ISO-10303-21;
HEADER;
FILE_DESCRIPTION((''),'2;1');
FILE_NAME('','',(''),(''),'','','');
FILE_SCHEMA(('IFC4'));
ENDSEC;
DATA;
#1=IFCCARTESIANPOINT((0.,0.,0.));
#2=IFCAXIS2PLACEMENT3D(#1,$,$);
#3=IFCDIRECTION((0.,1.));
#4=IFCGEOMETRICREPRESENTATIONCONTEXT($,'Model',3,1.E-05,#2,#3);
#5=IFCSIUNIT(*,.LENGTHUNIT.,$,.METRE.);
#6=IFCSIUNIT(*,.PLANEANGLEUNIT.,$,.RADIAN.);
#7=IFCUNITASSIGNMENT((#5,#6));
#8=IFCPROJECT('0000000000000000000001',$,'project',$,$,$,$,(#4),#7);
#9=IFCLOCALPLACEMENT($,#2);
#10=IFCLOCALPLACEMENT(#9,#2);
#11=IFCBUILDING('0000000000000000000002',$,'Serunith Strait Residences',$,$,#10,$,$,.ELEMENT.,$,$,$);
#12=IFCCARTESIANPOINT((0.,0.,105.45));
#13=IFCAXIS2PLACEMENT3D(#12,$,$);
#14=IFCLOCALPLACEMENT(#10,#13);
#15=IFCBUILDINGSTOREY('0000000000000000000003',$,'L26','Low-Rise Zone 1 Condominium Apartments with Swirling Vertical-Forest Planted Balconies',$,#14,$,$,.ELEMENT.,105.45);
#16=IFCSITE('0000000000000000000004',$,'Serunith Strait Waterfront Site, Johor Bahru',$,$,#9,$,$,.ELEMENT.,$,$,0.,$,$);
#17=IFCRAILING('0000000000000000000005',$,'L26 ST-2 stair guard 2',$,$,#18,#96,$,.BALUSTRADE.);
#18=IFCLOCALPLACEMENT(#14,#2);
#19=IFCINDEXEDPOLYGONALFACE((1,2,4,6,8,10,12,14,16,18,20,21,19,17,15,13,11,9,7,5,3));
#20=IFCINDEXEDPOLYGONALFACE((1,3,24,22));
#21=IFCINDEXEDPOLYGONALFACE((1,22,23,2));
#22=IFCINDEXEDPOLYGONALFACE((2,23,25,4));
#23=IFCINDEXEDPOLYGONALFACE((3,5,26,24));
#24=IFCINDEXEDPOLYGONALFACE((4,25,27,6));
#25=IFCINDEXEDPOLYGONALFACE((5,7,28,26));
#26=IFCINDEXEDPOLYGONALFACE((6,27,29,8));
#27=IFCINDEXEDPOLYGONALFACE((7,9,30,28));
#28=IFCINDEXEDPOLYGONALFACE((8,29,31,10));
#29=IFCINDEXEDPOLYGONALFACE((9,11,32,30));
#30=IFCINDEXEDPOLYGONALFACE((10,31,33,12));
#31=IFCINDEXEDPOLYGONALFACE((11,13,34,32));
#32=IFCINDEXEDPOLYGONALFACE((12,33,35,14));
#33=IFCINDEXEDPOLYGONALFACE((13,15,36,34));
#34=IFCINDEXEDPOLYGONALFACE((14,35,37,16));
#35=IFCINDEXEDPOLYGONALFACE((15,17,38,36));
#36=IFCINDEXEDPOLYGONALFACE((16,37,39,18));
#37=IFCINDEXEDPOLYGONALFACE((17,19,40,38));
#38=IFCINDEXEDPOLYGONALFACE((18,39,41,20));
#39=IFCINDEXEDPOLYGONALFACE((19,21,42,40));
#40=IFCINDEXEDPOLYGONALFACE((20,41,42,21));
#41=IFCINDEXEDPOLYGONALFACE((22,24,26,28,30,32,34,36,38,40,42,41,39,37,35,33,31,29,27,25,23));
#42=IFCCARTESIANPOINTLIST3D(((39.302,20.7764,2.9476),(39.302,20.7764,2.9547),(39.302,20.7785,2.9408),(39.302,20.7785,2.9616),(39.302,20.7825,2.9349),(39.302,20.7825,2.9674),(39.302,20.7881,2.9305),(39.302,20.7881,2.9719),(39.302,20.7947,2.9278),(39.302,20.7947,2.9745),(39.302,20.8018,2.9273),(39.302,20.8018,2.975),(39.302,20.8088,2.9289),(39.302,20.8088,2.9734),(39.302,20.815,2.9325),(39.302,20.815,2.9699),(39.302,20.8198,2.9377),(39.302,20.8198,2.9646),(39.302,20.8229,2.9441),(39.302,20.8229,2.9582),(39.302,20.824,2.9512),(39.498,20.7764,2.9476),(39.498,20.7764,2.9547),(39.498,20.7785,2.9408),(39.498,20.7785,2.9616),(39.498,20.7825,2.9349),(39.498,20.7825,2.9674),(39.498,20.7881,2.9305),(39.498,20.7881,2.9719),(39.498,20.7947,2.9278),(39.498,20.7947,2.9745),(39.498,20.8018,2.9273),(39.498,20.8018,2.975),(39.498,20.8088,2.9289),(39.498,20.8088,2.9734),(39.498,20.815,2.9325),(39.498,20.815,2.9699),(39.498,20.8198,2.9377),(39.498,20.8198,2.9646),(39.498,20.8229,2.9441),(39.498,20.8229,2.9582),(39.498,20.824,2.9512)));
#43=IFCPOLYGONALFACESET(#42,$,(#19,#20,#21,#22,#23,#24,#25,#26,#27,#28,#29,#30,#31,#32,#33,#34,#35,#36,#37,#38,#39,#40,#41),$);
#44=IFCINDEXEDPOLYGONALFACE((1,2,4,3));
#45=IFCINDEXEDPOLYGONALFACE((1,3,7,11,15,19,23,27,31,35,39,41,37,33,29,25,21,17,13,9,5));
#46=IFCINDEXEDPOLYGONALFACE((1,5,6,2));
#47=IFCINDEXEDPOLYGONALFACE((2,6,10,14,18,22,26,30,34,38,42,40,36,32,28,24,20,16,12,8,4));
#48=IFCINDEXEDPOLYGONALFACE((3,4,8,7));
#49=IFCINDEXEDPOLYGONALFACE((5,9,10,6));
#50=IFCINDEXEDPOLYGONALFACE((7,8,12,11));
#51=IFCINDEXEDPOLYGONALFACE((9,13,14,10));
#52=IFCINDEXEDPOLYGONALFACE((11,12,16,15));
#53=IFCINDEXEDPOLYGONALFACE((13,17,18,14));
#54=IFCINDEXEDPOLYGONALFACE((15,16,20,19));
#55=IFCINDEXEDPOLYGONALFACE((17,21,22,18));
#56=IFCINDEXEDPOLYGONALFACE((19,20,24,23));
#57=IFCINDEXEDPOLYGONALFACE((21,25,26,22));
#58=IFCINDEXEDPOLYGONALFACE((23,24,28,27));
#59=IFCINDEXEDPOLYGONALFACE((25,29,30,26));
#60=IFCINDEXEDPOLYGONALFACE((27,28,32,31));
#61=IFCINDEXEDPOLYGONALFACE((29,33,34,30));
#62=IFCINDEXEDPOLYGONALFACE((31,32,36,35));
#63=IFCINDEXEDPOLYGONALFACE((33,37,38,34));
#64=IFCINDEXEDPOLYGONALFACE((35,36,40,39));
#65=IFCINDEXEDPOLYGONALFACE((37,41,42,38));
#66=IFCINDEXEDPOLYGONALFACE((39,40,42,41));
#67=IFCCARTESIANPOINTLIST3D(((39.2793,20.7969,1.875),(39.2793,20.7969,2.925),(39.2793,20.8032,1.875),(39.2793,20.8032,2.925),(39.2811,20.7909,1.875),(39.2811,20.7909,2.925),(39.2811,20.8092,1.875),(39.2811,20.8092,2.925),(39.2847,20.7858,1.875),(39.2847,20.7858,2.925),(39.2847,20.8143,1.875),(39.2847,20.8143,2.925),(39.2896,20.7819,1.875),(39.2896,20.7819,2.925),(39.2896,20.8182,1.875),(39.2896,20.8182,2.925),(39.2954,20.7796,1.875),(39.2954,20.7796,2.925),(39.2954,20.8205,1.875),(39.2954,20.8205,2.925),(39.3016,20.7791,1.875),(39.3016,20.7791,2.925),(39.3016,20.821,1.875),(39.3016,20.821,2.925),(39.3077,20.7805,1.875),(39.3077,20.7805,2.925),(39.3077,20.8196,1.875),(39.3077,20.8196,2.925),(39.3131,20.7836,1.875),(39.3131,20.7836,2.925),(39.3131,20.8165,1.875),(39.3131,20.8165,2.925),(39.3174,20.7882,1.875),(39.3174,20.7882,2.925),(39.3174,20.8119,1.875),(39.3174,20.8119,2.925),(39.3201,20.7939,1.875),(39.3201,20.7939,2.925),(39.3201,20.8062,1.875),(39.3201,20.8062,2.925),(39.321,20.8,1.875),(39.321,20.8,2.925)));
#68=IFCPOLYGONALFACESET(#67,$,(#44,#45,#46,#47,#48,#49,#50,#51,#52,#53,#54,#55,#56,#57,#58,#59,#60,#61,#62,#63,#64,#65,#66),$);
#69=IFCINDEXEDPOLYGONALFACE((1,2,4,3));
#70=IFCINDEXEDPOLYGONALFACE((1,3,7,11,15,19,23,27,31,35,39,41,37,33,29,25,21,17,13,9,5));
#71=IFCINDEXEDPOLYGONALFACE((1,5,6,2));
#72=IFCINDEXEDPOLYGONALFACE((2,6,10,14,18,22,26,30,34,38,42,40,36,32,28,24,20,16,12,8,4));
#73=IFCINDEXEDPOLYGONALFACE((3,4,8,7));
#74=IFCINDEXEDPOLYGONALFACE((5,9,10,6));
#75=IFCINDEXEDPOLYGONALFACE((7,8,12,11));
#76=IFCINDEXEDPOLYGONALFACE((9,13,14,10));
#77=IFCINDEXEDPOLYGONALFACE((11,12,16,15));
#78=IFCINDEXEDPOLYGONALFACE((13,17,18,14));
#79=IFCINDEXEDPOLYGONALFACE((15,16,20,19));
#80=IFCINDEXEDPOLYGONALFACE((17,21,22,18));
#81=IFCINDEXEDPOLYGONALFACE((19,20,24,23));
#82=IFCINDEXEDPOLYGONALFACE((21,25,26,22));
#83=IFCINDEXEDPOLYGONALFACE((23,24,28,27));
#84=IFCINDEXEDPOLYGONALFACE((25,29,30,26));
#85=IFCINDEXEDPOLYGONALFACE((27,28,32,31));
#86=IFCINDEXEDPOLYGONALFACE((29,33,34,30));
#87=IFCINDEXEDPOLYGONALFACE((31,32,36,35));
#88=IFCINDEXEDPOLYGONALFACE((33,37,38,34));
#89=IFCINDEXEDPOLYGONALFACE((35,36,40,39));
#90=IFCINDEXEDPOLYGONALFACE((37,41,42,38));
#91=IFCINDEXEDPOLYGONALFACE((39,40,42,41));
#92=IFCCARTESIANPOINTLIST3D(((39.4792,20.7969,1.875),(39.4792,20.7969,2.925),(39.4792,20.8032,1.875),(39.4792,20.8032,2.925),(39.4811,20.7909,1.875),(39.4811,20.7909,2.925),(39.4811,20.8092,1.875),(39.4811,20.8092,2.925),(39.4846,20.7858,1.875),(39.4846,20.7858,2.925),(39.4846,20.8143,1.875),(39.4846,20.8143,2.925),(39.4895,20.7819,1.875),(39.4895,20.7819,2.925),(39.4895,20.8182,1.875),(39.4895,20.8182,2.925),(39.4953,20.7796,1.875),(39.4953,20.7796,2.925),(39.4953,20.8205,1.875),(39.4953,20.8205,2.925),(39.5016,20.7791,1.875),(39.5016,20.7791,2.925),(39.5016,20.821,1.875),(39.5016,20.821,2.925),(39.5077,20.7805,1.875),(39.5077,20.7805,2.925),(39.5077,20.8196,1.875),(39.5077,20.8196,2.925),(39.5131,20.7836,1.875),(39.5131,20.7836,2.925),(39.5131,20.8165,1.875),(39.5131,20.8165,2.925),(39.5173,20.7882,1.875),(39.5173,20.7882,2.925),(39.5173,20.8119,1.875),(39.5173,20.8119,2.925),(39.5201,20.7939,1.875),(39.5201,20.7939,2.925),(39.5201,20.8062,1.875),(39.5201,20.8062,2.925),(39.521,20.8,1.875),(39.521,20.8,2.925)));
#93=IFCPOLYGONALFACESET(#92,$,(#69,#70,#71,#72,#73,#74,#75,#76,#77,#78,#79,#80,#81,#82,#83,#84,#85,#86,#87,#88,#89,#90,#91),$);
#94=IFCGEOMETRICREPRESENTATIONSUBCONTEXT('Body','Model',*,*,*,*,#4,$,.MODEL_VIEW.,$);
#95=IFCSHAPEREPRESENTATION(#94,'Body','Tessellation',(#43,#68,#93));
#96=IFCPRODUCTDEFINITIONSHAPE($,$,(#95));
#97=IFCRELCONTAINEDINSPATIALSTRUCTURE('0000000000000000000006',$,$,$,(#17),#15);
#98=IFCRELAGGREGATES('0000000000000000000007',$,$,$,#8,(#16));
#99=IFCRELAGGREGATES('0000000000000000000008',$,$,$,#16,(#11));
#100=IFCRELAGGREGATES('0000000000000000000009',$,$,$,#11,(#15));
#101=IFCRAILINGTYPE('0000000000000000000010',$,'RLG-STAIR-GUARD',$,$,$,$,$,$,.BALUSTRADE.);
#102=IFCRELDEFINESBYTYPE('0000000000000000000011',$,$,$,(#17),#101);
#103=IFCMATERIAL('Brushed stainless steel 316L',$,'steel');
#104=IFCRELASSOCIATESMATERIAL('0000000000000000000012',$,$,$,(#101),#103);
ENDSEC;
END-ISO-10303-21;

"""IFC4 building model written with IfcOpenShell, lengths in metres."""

from ifc_helpers import new_model, si_unit, direction, frame, origin, origin_2d, place, context, subcontext, project, spatial, circle, extrude, material, type_object, element, save


model = new_model("IFC4")

# Units and contexts
model_context = context("Model", 3, precision=1e-05, world=origin(), true_north=direction((0.0, 1.0)))
body_context = subcontext(model_context, "Body", "Model", "MODEL_VIEW")
ifc_project = project(units=[si_unit("LENGTHUNIT", "METRE"), si_unit("PLANEANGLEUNIT", "RADIAN")], contexts=[model_context])

# Site, building, storey
site_placement = place(None, origin())
site = spatial("IfcSite", under=ifc_project, at=site_placement, Name="Serunith Strait Waterfront Site, Johor Bahru", CompositionType="ELEMENT", RefElevation=0.0)
building_placement = place(site_placement, origin())
building = spatial("IfcBuilding", under=site, at=building_placement, Name="Serunith Strait Residences", CompositionType="ELEMENT")
storey_placement = place(building_placement, frame((0.0, 0.0, 105.45)))
storey = spatial("IfcBuildingStorey", under=building, at=storey_placement, Name="L26", Description="Low-Rise Zone 1 Condominium Apartments with Swirling Vertical-Forest Planted Balconies", CompositionType="ELEMENT", Elevation=105.45)

# Railing
ifc_material_1 = material(Name="Brushed stainless steel 316L", Category="steel")
railing_type_1 = type_object("IfcRailingType", Name="RLG-STAIR-GUARD", PredefinedType="BALUSTRADE", material=ifc_material_1)
railing_1_placement = place(storey_placement, frame((39.3, 20.8, 1.875)))
element("IfcRailing", 1, at=railing_1_placement, inside=storey, type_object=railing_type_1, Name="L26 ST-2 stair guard 2", PredefinedType="BALUSTRADE", context=body_context, shape_type="SweptSolid", body=[
    extrude(circle(Radius=0.0239, at=origin_2d()), frame((0.002, 0.0, 1.0762), z_axis=(1.0, 0.0, 0.0), x_axis=(0.0, 1.0, 0.0)), (0.0, 0.0, 1.0), 0.196),
    extrude(circle(Radius=0.021, at=origin_2d()), origin(), (0.0, 0.0, 1.0), 1.05),
    extrude(circle(Radius=0.021, at=origin_2d()), frame((0.2, 0.0, 0.0)), (0.0, 0.0, 1.0), 1.05),
])

save(model, "model.ifc")
